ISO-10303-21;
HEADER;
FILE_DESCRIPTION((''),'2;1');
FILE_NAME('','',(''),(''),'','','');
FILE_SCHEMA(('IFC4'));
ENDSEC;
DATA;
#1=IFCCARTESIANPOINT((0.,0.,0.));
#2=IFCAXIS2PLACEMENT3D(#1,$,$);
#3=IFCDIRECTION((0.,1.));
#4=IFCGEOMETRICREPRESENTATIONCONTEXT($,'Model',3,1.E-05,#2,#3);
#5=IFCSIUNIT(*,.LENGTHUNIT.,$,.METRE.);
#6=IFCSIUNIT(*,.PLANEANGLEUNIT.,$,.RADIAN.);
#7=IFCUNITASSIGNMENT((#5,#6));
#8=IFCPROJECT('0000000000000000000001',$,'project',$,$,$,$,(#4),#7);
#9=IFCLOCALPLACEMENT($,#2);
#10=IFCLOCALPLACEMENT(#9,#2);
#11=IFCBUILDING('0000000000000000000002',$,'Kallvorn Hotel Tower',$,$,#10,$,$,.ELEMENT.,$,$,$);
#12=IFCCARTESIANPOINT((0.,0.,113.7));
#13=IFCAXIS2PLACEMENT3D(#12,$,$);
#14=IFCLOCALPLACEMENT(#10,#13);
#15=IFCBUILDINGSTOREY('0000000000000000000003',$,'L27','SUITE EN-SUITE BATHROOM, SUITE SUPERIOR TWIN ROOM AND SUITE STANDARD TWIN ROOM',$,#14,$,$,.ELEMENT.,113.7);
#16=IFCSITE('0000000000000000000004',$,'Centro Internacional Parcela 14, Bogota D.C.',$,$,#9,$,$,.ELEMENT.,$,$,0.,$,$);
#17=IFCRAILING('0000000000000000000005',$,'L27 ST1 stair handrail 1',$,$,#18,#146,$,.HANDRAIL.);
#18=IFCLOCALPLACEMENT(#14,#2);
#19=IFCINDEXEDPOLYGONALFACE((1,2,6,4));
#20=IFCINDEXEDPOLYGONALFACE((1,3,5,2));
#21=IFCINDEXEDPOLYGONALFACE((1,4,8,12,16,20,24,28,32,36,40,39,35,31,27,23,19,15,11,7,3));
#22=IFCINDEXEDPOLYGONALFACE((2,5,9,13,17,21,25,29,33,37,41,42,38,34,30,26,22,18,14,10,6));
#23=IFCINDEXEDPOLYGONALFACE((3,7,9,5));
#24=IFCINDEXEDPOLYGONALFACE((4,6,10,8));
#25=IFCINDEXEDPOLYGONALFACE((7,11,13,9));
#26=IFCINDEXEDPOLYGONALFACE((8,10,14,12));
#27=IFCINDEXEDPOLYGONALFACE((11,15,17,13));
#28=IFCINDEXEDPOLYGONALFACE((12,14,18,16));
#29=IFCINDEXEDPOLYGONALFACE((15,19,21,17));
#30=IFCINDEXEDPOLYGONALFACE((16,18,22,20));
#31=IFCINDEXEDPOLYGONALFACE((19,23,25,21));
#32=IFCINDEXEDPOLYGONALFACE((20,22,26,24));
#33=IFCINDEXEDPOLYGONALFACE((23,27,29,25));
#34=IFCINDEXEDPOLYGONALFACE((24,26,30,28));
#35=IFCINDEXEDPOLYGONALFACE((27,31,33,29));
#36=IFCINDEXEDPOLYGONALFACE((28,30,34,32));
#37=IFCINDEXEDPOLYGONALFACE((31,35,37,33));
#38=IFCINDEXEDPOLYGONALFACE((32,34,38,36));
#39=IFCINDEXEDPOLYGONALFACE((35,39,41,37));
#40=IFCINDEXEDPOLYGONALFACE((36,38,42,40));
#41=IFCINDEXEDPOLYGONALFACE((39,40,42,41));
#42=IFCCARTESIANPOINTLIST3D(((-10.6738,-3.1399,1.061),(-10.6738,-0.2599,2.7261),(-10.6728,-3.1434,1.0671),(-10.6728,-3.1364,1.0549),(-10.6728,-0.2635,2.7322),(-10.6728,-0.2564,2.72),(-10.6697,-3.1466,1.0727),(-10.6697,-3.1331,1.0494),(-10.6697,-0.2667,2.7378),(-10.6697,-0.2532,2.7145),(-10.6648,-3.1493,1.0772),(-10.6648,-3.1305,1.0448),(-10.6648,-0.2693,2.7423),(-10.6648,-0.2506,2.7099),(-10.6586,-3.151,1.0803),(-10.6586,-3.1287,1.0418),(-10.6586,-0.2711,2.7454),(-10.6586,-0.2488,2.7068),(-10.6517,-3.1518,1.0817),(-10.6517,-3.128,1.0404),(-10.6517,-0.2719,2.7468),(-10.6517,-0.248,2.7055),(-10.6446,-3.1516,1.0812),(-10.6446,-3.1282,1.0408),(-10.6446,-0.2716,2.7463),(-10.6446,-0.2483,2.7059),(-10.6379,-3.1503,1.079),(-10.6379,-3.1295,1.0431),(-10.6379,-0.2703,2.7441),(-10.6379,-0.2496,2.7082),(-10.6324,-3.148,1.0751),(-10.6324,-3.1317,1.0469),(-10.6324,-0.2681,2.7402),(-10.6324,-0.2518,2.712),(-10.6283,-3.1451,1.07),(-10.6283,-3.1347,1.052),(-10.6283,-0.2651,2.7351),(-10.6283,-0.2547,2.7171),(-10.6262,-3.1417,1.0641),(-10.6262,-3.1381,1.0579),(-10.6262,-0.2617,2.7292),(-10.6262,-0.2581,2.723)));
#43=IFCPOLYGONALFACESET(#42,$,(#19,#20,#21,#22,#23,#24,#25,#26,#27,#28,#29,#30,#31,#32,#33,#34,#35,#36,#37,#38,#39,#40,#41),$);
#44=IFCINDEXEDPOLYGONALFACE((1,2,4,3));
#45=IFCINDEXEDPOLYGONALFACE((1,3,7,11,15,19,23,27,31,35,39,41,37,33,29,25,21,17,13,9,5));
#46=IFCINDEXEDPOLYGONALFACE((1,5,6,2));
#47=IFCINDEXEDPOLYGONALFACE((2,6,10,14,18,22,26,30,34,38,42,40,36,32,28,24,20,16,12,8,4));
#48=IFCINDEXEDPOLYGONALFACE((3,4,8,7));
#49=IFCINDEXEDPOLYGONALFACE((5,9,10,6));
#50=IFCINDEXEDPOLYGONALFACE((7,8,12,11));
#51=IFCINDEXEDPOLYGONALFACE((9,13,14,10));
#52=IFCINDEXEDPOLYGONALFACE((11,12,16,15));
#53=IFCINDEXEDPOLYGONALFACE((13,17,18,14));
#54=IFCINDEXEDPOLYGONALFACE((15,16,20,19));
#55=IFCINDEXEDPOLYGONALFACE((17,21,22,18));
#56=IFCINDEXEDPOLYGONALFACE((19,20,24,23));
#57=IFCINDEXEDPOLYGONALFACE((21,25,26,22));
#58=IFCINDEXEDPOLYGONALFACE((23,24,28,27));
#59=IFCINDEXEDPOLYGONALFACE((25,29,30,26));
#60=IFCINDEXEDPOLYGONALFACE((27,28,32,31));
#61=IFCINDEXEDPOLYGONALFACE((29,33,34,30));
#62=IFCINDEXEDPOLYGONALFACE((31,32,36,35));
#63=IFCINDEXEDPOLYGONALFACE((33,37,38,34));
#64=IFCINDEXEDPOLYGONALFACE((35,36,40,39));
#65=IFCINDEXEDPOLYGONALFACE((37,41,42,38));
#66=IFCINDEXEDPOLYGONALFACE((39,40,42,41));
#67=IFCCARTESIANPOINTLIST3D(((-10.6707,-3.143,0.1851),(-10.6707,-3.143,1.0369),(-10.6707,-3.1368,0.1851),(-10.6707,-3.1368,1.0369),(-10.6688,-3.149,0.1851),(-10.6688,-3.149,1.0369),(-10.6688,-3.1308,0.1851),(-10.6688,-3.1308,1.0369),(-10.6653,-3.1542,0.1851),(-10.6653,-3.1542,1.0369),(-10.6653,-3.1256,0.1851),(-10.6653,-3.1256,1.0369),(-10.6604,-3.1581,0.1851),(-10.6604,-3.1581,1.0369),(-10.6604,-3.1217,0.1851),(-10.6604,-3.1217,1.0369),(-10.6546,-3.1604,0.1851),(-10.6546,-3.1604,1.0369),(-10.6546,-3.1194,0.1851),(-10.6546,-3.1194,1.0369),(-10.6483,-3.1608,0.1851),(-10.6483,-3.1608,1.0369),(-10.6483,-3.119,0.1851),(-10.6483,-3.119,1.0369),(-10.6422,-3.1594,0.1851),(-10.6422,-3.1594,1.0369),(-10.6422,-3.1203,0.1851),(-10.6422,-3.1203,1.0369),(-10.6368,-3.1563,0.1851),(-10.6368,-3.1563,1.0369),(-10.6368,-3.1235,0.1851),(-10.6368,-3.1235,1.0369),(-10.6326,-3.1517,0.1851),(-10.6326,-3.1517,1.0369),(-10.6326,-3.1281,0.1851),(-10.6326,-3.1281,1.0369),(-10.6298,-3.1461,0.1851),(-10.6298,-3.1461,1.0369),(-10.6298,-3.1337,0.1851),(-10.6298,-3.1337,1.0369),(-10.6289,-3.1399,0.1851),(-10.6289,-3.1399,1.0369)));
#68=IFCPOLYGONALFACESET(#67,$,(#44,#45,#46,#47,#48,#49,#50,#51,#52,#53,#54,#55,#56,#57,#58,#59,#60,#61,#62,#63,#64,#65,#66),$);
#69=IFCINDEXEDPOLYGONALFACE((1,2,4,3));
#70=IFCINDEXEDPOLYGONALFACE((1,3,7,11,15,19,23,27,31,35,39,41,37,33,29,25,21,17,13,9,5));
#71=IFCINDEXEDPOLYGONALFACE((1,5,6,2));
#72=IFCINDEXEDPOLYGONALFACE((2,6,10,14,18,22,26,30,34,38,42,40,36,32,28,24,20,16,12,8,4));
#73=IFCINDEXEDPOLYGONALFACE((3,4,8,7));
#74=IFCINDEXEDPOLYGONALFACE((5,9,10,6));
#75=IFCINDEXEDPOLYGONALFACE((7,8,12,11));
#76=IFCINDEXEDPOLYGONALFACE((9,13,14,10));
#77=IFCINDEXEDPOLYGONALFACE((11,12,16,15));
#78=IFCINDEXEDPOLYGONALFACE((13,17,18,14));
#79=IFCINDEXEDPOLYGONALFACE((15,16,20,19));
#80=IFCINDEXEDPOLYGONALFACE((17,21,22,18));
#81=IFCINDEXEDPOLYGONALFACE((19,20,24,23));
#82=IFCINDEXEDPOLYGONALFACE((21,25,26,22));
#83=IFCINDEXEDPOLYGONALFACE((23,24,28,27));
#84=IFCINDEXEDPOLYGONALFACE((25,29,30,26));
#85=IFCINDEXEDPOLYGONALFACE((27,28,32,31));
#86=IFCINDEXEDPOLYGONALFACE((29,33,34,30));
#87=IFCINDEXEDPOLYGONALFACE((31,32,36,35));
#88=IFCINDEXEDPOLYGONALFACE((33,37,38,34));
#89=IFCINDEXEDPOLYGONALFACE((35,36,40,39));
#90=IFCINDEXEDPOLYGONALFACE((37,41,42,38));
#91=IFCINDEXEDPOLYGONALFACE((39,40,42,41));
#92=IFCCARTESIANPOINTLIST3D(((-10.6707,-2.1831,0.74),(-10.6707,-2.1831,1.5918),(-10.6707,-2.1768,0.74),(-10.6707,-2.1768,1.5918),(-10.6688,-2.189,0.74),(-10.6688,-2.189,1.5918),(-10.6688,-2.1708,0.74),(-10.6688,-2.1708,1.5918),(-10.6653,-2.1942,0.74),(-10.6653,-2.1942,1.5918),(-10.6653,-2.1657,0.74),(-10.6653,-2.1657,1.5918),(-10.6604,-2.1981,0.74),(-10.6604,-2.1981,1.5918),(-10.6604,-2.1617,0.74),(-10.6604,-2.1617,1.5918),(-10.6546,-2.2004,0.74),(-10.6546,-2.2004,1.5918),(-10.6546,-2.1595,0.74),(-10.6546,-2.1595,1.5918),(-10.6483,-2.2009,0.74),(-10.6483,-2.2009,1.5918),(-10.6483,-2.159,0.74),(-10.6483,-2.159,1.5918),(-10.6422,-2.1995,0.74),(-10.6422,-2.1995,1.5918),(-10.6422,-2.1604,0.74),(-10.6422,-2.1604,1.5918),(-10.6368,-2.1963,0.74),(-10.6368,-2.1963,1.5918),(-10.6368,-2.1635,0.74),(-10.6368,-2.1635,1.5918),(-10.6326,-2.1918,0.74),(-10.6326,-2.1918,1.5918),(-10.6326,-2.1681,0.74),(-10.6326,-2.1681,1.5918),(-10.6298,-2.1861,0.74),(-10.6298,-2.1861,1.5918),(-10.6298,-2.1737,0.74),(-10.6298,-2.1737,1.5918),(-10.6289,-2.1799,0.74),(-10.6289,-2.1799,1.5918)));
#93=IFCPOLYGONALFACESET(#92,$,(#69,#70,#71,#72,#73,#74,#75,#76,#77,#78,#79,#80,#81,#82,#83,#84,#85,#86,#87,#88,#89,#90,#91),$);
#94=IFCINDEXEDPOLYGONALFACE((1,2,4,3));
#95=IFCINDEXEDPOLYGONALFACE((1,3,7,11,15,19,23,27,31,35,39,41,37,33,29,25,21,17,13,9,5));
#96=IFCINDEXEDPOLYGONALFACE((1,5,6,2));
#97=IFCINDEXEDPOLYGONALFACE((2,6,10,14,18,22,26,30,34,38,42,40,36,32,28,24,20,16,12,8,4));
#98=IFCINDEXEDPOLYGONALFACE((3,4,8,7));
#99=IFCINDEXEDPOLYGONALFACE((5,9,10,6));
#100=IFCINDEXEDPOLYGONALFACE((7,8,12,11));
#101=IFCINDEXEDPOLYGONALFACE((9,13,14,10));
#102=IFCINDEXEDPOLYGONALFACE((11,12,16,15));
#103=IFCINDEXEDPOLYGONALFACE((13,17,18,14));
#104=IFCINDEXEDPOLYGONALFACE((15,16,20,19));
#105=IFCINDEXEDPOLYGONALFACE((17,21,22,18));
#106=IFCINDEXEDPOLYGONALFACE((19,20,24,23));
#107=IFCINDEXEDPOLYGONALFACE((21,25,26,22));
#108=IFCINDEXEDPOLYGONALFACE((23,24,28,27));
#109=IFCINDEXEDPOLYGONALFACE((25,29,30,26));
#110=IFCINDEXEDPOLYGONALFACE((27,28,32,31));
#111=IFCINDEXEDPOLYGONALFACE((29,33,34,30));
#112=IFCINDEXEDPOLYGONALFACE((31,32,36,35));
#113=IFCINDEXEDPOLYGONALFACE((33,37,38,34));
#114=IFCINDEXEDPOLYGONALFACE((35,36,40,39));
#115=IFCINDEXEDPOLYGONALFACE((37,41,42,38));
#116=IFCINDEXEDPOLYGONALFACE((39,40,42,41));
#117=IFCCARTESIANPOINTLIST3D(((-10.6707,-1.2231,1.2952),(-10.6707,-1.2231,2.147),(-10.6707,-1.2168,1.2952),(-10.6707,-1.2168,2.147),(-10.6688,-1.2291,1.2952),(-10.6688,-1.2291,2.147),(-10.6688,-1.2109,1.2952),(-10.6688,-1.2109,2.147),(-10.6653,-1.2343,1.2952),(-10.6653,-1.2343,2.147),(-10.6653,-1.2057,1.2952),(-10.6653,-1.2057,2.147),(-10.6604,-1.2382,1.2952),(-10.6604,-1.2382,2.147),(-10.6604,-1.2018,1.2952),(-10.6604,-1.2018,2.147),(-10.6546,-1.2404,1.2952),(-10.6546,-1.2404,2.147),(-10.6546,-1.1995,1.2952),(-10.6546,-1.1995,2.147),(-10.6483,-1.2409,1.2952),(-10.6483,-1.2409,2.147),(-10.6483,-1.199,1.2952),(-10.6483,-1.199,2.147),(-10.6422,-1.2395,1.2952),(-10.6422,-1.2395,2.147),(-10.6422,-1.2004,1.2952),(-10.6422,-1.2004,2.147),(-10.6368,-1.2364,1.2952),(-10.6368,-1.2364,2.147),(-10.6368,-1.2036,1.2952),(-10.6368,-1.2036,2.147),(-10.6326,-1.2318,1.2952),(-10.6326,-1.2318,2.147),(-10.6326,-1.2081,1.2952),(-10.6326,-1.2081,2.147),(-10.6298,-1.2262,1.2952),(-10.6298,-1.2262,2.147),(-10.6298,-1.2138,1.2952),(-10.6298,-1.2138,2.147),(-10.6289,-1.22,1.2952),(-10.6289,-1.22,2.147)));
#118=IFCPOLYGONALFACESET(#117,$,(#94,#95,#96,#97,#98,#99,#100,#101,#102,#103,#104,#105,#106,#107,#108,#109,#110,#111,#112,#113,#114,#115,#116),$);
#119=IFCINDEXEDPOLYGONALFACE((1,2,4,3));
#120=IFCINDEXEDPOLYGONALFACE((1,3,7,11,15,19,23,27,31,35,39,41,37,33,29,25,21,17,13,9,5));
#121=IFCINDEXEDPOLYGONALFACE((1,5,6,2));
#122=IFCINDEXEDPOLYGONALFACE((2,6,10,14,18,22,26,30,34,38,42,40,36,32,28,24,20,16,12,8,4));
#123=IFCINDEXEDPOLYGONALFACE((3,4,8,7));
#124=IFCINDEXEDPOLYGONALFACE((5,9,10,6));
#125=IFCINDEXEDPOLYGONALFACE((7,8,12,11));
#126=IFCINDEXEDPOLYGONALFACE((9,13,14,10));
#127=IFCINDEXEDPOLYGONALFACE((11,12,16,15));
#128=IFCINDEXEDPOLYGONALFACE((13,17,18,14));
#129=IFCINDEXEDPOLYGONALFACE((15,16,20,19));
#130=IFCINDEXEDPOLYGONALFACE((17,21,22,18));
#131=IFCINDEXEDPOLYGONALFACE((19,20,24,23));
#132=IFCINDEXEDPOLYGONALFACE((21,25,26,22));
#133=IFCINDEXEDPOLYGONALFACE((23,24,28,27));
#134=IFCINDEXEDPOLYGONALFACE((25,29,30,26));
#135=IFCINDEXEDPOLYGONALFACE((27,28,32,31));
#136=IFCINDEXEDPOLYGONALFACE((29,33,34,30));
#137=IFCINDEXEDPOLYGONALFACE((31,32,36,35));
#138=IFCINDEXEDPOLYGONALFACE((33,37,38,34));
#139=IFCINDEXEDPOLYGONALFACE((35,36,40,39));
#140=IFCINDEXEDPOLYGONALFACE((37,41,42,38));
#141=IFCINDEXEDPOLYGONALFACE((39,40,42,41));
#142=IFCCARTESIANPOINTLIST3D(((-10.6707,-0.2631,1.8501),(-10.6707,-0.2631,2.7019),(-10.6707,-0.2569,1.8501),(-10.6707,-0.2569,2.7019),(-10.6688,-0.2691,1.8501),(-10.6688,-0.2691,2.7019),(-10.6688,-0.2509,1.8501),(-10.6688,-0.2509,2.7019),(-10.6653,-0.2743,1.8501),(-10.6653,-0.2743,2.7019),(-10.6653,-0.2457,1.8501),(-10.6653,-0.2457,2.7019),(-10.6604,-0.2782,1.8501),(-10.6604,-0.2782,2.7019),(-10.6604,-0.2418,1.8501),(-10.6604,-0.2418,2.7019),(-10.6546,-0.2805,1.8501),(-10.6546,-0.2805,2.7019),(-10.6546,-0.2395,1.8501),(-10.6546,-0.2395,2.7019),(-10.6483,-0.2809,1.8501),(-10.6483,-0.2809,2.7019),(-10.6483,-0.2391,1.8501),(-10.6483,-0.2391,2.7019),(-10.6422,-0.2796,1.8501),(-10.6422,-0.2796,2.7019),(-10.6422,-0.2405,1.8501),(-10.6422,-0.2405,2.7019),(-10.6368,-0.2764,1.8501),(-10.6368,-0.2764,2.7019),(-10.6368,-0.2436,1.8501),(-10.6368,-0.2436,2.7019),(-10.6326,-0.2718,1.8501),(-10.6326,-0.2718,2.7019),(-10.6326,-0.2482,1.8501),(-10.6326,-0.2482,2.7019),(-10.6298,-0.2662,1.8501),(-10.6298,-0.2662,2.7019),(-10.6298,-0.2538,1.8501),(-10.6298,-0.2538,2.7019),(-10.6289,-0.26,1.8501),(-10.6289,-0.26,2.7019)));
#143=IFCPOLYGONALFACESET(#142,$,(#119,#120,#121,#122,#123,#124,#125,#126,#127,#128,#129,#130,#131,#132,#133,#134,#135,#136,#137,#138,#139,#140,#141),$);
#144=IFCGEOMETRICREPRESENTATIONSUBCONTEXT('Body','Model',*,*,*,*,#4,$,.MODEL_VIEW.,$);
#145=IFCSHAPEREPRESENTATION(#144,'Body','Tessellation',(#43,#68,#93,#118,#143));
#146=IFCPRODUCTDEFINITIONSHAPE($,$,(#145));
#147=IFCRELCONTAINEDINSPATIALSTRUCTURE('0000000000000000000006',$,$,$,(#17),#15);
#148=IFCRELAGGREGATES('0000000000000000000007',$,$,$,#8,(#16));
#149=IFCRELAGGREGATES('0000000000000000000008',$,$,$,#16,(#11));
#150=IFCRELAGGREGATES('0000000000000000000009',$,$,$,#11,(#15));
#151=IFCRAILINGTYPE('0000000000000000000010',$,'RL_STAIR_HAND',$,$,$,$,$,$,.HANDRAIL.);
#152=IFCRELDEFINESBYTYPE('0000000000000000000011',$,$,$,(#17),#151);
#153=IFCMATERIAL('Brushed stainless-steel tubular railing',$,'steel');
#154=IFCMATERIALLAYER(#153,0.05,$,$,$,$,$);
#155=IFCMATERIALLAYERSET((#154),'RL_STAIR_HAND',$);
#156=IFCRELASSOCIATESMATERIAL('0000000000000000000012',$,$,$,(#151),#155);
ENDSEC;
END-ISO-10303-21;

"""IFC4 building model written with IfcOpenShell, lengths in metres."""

from ifc_helpers import new_model, si_unit, direction, frame, origin, origin_2d, place, context, subcontext, project, spatial, circle, extrude, material, layer, layer_set, type_object, element, save


model = new_model("IFC4")

# Units and contexts
model_context = context("Model", 3, precision=1e-05, world=origin(), true_north=direction((0.0, 1.0)))
body_context = subcontext(model_context, "Body", "Model", "MODEL_VIEW")
ifc_project = project(units=[si_unit("LENGTHUNIT", "METRE"), si_unit("PLANEANGLEUNIT", "RADIAN")], contexts=[model_context])

# Site, building, storey
site_placement = place(None, origin())
site = spatial("IfcSite", under=ifc_project, at=site_placement, Name="Centro Internacional Parcela 14, Bogota D.C.", CompositionType="ELEMENT", RefElevation=0.0)
building_placement = place(site_placement, origin())
building = spatial("IfcBuilding", under=site, at=building_placement, Name="Kallvorn Hotel Tower", CompositionType="ELEMENT")
storey_placement = place(building_placement, frame((0.0, 0.0, 113.7)))
storey = spatial("IfcBuildingStorey", under=building, at=storey_placement, Name="L27", Description="SUITE EN-SUITE BATHROOM, SUITE SUPERIOR TWIN ROOM AND SUITE STANDARD TWIN ROOM", CompositionType="ELEMENT", Elevation=113.7)

# Railing
ifc_material_1 = material(Name="Brushed stainless-steel tubular railing", Category="steel")
ifc_layer_1 = layer(ifc_material_1, 0.05)
ifc_layer_set_1 = layer_set([ifc_layer_1], Name="RL_STAIR_HAND")
railing_type_1 = type_object("IfcRailingType", Name="RL_STAIR_HAND", PredefinedType="HANDRAIL", material=ifc_layer_set_1)
railing_1_placement = place(storey_placement, frame((-10.6499, -3.1399, 0.1851)))
element("IfcRailing", 1, at=railing_1_placement, inside=storey, type_object=railing_type_1, Name="L27 ST1 stair handrail 1", PredefinedType="HANDRAIL", context=body_context, shape_type="SweptSolid", body=[
    extrude(circle(Radius=0.0239, at=origin_2d()), frame((0.0, 0.0, 0.876), z_axis=(0.0, 0.865721, 0.500527), x_axis=(-1.0, 0.0, 0.0)), (0.0, 0.0, 1.0), 3.3267),
    extrude(circle(Radius=0.021, at=origin_2d()), origin(), (0.0, 0.0, 1.0), 0.8518),
    extrude(circle(Radius=0.021, at=origin_2d()), frame((0.0, 0.96, 0.5549)), (0.0, 0.0, 1.0), 0.8518),
    extrude(circle(Radius=0.021, at=origin_2d()), frame((0.0, 1.9199, 1.1101)), (0.0, 0.0, 1.0), 0.8518),
    extrude(circle(Radius=0.021, at=origin_2d()), frame((0.0, 2.8799, 1.665)), (0.0, 0.0, 1.0), 0.8518),
])

save(model, "model.ifc")
